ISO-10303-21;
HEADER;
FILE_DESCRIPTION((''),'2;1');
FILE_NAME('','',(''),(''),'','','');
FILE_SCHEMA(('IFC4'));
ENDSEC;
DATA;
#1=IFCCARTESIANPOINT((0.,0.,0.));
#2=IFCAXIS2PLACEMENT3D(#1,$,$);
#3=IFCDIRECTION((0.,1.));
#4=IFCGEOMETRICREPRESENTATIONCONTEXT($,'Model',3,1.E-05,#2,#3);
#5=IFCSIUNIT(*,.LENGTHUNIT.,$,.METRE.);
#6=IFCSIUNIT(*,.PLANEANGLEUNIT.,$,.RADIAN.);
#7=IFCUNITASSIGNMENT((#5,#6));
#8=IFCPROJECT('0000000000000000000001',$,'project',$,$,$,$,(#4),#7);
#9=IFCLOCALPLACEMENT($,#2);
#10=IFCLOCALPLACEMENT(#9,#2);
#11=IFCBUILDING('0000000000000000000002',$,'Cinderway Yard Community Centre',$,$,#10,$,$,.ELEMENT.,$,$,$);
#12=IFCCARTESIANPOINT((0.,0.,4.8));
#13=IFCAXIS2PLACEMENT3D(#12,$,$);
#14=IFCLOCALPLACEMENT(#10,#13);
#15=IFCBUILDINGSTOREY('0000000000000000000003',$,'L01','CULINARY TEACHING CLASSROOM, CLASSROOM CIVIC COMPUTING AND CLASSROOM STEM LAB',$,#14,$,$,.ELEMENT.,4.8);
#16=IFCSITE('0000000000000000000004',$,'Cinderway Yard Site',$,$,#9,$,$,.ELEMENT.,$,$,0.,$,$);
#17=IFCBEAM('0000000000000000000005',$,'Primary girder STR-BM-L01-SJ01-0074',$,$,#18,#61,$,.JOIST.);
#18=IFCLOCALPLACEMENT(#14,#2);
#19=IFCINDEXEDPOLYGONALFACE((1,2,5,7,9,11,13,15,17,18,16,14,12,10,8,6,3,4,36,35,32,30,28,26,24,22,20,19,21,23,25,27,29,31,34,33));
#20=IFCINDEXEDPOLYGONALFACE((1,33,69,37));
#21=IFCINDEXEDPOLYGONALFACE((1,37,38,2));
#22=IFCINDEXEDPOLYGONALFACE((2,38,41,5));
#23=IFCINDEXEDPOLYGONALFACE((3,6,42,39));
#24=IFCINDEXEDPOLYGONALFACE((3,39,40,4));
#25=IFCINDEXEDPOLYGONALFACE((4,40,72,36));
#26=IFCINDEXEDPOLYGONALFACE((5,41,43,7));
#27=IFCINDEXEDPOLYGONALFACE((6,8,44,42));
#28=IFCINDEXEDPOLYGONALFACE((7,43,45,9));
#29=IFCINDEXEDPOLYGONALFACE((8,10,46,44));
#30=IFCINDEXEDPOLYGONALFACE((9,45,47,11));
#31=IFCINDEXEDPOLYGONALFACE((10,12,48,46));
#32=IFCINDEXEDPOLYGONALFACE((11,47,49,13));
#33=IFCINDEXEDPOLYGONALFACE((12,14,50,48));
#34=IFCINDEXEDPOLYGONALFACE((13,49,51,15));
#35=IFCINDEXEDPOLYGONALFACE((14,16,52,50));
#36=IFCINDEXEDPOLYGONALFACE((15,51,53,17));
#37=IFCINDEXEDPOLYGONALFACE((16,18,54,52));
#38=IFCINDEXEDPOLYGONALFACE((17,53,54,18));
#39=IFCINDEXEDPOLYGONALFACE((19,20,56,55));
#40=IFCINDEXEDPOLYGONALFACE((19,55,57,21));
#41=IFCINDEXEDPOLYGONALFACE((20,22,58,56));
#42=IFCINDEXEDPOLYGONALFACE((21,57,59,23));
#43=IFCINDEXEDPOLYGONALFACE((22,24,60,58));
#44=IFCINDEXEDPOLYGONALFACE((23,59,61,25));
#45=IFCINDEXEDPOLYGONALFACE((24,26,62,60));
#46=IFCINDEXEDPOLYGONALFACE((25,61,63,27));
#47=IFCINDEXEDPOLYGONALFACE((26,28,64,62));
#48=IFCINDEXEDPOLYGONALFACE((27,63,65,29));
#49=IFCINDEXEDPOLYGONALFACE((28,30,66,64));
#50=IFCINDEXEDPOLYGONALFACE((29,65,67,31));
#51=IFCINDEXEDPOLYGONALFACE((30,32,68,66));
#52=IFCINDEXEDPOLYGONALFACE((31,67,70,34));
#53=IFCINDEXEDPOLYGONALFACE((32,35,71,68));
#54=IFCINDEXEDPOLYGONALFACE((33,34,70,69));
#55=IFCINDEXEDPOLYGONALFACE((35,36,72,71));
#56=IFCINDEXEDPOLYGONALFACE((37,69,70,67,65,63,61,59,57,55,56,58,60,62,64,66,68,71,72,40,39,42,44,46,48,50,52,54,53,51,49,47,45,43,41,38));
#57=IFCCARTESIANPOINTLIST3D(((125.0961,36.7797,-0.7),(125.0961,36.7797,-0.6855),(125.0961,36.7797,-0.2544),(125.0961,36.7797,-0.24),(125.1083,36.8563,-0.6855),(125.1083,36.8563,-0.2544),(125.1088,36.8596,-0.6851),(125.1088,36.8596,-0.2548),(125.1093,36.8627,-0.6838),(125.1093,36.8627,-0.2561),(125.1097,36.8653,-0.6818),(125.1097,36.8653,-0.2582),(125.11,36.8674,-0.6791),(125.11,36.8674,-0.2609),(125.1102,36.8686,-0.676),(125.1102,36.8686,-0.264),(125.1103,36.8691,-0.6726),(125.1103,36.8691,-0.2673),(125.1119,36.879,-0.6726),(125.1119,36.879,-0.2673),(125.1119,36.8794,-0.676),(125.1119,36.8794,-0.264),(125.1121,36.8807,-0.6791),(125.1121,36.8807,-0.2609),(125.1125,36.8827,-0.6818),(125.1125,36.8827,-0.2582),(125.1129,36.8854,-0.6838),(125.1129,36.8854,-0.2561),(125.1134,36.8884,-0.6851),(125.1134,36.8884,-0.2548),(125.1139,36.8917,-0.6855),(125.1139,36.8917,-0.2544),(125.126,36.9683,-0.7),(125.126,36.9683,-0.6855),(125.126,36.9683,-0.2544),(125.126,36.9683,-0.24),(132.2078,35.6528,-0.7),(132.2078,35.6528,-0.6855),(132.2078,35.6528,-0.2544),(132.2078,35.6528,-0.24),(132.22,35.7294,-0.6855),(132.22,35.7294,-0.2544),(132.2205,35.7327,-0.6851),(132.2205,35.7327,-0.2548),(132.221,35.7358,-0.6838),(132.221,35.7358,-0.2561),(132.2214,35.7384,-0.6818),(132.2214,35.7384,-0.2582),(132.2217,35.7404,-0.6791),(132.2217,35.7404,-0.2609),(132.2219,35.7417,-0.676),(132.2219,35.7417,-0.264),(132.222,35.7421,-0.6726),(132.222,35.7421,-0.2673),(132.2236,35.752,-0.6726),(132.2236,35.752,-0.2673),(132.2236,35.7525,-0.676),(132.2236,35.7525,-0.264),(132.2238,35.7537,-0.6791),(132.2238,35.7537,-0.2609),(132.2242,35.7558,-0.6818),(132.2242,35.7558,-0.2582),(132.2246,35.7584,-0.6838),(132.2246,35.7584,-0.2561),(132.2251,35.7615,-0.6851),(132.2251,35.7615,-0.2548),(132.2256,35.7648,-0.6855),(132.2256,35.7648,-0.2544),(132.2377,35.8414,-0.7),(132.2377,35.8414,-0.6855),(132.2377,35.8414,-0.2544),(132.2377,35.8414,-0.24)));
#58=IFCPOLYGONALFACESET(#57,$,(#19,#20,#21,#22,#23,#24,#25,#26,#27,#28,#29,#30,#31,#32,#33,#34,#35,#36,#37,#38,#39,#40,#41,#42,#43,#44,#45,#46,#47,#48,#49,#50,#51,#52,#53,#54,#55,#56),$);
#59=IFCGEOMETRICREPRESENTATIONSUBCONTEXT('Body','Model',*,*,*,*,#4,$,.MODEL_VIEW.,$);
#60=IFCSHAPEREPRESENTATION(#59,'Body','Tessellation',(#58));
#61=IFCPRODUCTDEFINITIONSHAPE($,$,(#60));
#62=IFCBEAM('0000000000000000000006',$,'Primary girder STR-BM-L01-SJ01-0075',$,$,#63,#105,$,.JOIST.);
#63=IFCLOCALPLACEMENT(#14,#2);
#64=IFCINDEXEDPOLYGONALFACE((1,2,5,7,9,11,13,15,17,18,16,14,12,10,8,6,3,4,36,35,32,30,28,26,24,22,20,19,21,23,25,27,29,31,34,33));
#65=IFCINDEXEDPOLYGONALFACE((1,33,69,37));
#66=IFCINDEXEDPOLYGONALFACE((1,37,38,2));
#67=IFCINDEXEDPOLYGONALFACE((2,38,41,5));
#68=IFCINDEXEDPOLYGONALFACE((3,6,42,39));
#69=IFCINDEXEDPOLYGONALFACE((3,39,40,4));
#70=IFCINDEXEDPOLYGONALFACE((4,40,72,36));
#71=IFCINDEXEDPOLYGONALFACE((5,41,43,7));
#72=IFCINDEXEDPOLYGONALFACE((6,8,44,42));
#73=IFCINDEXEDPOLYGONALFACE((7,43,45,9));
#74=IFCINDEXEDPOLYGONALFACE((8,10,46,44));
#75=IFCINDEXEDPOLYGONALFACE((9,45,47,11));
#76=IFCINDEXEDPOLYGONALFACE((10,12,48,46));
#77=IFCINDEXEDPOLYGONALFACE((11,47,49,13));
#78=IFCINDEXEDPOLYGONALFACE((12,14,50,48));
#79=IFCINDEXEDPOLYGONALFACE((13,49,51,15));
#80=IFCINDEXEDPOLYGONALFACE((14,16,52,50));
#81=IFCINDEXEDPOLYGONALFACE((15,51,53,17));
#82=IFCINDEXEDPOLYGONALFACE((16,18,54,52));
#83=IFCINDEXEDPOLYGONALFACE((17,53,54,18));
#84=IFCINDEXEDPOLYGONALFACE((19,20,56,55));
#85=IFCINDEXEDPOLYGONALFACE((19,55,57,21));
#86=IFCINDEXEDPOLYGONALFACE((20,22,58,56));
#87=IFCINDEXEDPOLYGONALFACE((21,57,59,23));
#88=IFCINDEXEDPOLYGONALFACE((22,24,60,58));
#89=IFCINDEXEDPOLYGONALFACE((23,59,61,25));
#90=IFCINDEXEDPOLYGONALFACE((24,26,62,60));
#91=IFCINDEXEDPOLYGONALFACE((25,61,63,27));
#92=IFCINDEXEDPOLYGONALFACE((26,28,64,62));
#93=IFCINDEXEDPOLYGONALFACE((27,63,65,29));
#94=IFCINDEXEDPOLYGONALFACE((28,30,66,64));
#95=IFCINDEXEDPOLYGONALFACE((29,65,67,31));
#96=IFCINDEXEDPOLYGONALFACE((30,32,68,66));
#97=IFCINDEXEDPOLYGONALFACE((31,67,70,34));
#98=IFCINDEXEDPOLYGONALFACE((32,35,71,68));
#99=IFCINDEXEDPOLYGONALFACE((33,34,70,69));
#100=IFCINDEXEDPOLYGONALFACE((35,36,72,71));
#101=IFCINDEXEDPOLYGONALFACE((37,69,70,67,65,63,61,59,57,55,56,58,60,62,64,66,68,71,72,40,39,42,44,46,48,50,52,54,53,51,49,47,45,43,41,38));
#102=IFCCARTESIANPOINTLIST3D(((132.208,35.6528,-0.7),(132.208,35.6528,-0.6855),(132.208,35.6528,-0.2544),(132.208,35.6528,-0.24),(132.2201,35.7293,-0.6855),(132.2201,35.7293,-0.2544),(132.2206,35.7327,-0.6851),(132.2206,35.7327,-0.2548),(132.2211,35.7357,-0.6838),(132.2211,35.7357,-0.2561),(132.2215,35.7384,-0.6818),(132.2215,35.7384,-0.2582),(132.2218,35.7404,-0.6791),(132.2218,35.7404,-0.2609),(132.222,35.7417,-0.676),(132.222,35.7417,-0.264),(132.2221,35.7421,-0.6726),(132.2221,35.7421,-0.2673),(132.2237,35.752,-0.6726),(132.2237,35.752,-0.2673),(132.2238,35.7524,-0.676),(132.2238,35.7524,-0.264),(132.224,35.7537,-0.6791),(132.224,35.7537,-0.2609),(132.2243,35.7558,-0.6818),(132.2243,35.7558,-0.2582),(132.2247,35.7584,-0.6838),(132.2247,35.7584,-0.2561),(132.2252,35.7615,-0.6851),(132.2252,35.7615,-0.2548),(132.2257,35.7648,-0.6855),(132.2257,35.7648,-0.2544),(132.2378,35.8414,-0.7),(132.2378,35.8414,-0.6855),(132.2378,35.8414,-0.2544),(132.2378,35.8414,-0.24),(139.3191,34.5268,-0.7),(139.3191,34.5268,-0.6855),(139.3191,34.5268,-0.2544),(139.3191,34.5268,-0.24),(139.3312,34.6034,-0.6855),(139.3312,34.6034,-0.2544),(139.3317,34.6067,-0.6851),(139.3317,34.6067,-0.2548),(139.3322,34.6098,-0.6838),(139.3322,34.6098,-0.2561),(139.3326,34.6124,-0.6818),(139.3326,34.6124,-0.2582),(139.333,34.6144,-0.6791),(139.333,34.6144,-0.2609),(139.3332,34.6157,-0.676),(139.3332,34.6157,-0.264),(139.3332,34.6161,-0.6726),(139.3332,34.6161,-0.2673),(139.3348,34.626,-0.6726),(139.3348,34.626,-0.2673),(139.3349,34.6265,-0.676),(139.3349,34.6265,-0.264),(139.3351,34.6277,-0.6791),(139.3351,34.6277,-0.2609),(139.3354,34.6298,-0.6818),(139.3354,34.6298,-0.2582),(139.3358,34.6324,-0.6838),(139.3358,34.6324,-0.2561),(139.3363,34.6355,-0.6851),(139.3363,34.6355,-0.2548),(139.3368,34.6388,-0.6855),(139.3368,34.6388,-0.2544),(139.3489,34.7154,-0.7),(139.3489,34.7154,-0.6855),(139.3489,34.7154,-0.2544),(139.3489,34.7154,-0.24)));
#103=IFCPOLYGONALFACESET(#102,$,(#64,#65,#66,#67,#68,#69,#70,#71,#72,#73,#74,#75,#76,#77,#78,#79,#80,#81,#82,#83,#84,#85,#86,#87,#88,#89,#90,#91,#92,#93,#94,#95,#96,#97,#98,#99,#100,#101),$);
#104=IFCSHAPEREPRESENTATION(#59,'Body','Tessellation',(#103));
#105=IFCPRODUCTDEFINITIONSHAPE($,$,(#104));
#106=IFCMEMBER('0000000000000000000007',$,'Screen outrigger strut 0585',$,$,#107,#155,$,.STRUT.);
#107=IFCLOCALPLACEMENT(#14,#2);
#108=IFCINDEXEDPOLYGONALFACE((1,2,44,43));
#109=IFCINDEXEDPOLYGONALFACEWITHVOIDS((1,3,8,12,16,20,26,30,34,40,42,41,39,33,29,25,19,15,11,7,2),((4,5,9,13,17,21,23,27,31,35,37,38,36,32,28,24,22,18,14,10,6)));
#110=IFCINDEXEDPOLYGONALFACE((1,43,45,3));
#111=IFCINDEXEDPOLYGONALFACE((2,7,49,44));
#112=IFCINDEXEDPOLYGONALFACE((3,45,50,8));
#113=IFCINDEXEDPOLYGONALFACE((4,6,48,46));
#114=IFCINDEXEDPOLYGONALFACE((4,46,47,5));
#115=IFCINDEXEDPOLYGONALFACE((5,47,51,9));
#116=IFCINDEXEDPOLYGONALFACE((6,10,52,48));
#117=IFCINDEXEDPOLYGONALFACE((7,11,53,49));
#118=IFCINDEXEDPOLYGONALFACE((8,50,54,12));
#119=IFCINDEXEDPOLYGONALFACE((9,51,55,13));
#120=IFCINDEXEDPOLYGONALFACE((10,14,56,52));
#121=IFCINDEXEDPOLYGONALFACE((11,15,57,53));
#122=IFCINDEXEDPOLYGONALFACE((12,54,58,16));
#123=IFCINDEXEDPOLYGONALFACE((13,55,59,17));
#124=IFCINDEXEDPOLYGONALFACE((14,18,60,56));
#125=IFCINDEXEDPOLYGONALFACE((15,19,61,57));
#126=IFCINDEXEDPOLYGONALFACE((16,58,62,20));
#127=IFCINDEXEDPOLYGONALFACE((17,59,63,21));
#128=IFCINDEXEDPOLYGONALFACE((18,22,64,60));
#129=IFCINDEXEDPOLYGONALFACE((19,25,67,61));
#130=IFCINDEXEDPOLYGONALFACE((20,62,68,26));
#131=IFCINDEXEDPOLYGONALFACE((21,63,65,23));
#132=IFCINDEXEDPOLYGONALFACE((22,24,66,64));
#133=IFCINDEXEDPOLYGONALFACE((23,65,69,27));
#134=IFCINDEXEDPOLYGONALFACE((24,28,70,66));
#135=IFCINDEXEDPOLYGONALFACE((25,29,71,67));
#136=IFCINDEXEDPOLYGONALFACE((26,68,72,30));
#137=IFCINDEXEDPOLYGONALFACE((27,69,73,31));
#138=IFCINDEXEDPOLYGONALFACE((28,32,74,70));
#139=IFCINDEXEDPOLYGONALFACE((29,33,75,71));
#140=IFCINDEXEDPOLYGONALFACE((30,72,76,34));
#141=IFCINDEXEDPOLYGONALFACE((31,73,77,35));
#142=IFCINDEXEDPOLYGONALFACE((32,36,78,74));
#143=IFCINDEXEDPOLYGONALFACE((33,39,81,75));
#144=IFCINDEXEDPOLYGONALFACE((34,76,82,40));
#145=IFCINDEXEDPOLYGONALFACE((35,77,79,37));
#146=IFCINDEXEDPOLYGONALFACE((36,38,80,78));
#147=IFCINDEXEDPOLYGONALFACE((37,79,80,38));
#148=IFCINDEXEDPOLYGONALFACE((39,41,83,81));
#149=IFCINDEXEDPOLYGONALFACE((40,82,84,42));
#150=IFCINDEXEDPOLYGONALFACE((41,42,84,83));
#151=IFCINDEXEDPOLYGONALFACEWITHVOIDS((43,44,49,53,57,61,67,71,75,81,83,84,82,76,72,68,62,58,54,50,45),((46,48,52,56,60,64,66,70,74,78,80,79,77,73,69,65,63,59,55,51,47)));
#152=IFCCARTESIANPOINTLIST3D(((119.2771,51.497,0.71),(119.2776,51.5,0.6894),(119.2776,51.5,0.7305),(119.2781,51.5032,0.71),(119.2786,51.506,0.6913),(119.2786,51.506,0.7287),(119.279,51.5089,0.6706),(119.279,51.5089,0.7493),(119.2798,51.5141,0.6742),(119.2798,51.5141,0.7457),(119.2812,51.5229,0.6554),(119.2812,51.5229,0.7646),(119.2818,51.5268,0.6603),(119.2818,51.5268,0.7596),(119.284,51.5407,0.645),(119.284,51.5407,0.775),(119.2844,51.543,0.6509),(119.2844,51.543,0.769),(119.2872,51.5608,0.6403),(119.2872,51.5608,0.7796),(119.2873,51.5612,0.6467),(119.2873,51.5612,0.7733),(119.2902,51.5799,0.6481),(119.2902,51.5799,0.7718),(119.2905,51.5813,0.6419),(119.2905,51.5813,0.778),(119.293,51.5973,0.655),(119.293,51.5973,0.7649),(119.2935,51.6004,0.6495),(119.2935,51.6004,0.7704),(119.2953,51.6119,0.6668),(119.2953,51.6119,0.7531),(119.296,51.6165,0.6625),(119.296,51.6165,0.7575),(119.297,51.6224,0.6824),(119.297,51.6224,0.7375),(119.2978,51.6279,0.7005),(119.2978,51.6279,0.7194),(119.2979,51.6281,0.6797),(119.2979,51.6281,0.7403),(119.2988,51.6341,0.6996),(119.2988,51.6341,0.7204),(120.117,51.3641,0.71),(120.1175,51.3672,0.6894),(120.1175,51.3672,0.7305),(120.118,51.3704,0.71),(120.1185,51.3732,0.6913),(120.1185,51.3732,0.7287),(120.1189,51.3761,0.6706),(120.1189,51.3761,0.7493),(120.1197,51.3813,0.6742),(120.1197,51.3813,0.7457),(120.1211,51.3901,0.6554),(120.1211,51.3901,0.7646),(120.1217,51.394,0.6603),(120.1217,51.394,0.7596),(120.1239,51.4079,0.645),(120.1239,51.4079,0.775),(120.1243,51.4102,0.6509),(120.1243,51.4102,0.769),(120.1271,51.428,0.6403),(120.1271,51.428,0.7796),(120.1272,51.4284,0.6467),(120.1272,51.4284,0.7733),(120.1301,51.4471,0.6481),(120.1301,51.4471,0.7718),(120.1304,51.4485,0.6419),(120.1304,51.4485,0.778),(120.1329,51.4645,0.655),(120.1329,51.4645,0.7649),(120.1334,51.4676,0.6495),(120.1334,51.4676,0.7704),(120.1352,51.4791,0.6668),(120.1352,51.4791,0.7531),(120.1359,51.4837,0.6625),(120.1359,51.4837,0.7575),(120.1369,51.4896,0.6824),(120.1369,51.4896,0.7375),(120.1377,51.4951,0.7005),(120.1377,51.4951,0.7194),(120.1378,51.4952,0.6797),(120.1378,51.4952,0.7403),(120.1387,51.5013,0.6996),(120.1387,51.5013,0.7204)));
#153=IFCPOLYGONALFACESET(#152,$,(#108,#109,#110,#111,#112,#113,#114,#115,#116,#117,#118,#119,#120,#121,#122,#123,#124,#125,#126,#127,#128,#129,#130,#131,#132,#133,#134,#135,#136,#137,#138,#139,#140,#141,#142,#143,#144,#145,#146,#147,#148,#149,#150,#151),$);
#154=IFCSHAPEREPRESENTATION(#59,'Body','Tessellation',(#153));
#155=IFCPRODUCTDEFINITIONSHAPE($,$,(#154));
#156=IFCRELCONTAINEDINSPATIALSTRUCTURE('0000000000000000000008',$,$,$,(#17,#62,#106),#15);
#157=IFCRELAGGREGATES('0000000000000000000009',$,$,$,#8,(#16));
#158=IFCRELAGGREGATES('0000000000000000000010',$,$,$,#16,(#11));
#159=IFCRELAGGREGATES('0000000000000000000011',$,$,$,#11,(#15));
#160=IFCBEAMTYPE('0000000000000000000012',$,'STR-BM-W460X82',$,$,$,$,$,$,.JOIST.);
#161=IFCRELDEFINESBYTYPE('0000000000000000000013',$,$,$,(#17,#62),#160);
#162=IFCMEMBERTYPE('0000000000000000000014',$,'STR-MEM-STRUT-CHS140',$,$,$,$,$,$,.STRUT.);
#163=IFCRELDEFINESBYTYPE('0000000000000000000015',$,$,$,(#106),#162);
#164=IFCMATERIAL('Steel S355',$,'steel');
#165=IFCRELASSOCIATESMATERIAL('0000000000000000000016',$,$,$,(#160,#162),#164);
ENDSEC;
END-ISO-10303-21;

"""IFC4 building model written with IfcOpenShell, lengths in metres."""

from ifc_helpers import new_model, si_unit, direction, frame, origin, origin_2d, place, context, subcontext, project, spatial, hollow_circle, i_section, extrude, material, material_profile, profile_set, type_object, element, save


model = new_model("IFC4")

# Units and contexts
model_context = context("Model", 3, precision=1e-05, world=origin(), true_north=direction((0.0, 1.0)))
body_context = subcontext(model_context, "Body", "Model", "MODEL_VIEW")
ifc_project = project(units=[si_unit("LENGTHUNIT", "METRE"), si_unit("PLANEANGLEUNIT", "RADIAN")], contexts=[model_context])

# Site, building, storey
site_placement = place(None, origin())
site = spatial("IfcSite", under=ifc_project, at=site_placement, Name="Cinderway Yard Site", CompositionType="ELEMENT", RefElevation=0.0)
building_placement = place(site_placement, origin())
building = spatial("IfcBuilding", under=site, at=building_placement, Name="Cinderway Yard Community Centre", CompositionType="ELEMENT")
storey_placement = place(building_placement, frame((0.0, 0.0, 4.8)))
storey = spatial("IfcBuildingStorey", under=building, at=storey_placement, Name="L01", Description="CULINARY TEACHING CLASSROOM, CLASSROOM CIVIC COMPUTING AND CLASSROOM STEM LAB", CompositionType="ELEMENT", Elevation=4.8)

# Beams
ifc_material_1 = material(Name="Steel S355", Category="steel")
ifc_material_profile_1 = material_profile(ifc_material_1, i_section(OverallWidth=0.1909, OverallDepth=0.46, WebThickness=0.01, FlangeThickness=0.0144, FilletRadius=0.0129, at=origin_2d()), Name="Steel S355")
ifc_profile_set_1 = profile_set([ifc_material_profile_1], Name="Steel S355")
beam_type_1 = type_object("IfcBeamType", Name="STR-BM-W460X82", PredefinedType="JOIST", material=ifc_profile_set_1)
beam_1_placement = place(storey_placement, frame((125.1111, 36.874, -0.47), z_axis=(0.987676, -0.156509, 0.0), x_axis=(0.156509, 0.987676, 0.0)))
element("IfcBeam", 1, at=beam_1_placement, inside=storey, type_object=beam_type_1, Name="Primary girder STR-BM-L01-SJ01-0074", PredefinedType="JOIST", context=body_context, shape_type="SweptSolid", body=[
    extrude(i_section(OverallWidth=0.1909, OverallDepth=0.46, WebThickness=0.01, FlangeThickness=0.0144, FilletRadius=0.0129, at=origin_2d()), origin(), (0.0, 0.0, 1.0), 7.2004),
])
beam_2_placement = place(storey_placement, frame((132.2229, 35.7471, -0.47), z_axis=(0.987695, -0.156393, 0.0), x_axis=(0.156393, 0.987695, 0.0)))
element("IfcBeam", 2, at=beam_2_placement, inside=storey, type_object=beam_type_1, Name="Primary girder STR-BM-L01-SJ01-0075", PredefinedType="JOIST", context=body_context, shape_type="SweptSolid", body=[
    extrude(i_section(OverallWidth=0.1909, OverallDepth=0.46, WebThickness=0.01, FlangeThickness=0.0144, FilletRadius=0.0129, at=origin_2d()), origin(), (0.0, 0.0, 1.0), 7.1997),
])

# Member
ifc_material_profile_2 = material_profile(ifc_material_1, hollow_circle(Radius=0.0698, WallThickness=0.0063, at=origin_2d()), Name="Steel S355")
ifc_profile_set_2 = profile_set([ifc_material_profile_2], Name="Steel S355")
member_type_1 = type_object("IfcMemberType", Name="STR-MEM-STRUT-CHS140", PredefinedType="STRUT", material=ifc_profile_set_2)
for number, where, z_axis, x_axis, name in (
    (3, (120.1279, 51.4331, 0.71), (-0.987726, 0.156198, 0.0), (-0.156198, -0.987726, 0.0), "Screen outrigger strut 0585"),
):
    element("IfcMember", number, at=place(storey_placement, frame(where, z_axis=z_axis, x_axis=x_axis)), inside=storey, type_object=member_type_1, Name=name, PredefinedType="STRUT", context=body_context, shape_type="SweptSolid", body=[
        extrude(hollow_circle(Radius=0.0698, WallThickness=0.0063, at=origin_2d()), origin(), (0.0, 0.0, 1.0), 0.8503),
    ])

save(model, "model.ifc")
